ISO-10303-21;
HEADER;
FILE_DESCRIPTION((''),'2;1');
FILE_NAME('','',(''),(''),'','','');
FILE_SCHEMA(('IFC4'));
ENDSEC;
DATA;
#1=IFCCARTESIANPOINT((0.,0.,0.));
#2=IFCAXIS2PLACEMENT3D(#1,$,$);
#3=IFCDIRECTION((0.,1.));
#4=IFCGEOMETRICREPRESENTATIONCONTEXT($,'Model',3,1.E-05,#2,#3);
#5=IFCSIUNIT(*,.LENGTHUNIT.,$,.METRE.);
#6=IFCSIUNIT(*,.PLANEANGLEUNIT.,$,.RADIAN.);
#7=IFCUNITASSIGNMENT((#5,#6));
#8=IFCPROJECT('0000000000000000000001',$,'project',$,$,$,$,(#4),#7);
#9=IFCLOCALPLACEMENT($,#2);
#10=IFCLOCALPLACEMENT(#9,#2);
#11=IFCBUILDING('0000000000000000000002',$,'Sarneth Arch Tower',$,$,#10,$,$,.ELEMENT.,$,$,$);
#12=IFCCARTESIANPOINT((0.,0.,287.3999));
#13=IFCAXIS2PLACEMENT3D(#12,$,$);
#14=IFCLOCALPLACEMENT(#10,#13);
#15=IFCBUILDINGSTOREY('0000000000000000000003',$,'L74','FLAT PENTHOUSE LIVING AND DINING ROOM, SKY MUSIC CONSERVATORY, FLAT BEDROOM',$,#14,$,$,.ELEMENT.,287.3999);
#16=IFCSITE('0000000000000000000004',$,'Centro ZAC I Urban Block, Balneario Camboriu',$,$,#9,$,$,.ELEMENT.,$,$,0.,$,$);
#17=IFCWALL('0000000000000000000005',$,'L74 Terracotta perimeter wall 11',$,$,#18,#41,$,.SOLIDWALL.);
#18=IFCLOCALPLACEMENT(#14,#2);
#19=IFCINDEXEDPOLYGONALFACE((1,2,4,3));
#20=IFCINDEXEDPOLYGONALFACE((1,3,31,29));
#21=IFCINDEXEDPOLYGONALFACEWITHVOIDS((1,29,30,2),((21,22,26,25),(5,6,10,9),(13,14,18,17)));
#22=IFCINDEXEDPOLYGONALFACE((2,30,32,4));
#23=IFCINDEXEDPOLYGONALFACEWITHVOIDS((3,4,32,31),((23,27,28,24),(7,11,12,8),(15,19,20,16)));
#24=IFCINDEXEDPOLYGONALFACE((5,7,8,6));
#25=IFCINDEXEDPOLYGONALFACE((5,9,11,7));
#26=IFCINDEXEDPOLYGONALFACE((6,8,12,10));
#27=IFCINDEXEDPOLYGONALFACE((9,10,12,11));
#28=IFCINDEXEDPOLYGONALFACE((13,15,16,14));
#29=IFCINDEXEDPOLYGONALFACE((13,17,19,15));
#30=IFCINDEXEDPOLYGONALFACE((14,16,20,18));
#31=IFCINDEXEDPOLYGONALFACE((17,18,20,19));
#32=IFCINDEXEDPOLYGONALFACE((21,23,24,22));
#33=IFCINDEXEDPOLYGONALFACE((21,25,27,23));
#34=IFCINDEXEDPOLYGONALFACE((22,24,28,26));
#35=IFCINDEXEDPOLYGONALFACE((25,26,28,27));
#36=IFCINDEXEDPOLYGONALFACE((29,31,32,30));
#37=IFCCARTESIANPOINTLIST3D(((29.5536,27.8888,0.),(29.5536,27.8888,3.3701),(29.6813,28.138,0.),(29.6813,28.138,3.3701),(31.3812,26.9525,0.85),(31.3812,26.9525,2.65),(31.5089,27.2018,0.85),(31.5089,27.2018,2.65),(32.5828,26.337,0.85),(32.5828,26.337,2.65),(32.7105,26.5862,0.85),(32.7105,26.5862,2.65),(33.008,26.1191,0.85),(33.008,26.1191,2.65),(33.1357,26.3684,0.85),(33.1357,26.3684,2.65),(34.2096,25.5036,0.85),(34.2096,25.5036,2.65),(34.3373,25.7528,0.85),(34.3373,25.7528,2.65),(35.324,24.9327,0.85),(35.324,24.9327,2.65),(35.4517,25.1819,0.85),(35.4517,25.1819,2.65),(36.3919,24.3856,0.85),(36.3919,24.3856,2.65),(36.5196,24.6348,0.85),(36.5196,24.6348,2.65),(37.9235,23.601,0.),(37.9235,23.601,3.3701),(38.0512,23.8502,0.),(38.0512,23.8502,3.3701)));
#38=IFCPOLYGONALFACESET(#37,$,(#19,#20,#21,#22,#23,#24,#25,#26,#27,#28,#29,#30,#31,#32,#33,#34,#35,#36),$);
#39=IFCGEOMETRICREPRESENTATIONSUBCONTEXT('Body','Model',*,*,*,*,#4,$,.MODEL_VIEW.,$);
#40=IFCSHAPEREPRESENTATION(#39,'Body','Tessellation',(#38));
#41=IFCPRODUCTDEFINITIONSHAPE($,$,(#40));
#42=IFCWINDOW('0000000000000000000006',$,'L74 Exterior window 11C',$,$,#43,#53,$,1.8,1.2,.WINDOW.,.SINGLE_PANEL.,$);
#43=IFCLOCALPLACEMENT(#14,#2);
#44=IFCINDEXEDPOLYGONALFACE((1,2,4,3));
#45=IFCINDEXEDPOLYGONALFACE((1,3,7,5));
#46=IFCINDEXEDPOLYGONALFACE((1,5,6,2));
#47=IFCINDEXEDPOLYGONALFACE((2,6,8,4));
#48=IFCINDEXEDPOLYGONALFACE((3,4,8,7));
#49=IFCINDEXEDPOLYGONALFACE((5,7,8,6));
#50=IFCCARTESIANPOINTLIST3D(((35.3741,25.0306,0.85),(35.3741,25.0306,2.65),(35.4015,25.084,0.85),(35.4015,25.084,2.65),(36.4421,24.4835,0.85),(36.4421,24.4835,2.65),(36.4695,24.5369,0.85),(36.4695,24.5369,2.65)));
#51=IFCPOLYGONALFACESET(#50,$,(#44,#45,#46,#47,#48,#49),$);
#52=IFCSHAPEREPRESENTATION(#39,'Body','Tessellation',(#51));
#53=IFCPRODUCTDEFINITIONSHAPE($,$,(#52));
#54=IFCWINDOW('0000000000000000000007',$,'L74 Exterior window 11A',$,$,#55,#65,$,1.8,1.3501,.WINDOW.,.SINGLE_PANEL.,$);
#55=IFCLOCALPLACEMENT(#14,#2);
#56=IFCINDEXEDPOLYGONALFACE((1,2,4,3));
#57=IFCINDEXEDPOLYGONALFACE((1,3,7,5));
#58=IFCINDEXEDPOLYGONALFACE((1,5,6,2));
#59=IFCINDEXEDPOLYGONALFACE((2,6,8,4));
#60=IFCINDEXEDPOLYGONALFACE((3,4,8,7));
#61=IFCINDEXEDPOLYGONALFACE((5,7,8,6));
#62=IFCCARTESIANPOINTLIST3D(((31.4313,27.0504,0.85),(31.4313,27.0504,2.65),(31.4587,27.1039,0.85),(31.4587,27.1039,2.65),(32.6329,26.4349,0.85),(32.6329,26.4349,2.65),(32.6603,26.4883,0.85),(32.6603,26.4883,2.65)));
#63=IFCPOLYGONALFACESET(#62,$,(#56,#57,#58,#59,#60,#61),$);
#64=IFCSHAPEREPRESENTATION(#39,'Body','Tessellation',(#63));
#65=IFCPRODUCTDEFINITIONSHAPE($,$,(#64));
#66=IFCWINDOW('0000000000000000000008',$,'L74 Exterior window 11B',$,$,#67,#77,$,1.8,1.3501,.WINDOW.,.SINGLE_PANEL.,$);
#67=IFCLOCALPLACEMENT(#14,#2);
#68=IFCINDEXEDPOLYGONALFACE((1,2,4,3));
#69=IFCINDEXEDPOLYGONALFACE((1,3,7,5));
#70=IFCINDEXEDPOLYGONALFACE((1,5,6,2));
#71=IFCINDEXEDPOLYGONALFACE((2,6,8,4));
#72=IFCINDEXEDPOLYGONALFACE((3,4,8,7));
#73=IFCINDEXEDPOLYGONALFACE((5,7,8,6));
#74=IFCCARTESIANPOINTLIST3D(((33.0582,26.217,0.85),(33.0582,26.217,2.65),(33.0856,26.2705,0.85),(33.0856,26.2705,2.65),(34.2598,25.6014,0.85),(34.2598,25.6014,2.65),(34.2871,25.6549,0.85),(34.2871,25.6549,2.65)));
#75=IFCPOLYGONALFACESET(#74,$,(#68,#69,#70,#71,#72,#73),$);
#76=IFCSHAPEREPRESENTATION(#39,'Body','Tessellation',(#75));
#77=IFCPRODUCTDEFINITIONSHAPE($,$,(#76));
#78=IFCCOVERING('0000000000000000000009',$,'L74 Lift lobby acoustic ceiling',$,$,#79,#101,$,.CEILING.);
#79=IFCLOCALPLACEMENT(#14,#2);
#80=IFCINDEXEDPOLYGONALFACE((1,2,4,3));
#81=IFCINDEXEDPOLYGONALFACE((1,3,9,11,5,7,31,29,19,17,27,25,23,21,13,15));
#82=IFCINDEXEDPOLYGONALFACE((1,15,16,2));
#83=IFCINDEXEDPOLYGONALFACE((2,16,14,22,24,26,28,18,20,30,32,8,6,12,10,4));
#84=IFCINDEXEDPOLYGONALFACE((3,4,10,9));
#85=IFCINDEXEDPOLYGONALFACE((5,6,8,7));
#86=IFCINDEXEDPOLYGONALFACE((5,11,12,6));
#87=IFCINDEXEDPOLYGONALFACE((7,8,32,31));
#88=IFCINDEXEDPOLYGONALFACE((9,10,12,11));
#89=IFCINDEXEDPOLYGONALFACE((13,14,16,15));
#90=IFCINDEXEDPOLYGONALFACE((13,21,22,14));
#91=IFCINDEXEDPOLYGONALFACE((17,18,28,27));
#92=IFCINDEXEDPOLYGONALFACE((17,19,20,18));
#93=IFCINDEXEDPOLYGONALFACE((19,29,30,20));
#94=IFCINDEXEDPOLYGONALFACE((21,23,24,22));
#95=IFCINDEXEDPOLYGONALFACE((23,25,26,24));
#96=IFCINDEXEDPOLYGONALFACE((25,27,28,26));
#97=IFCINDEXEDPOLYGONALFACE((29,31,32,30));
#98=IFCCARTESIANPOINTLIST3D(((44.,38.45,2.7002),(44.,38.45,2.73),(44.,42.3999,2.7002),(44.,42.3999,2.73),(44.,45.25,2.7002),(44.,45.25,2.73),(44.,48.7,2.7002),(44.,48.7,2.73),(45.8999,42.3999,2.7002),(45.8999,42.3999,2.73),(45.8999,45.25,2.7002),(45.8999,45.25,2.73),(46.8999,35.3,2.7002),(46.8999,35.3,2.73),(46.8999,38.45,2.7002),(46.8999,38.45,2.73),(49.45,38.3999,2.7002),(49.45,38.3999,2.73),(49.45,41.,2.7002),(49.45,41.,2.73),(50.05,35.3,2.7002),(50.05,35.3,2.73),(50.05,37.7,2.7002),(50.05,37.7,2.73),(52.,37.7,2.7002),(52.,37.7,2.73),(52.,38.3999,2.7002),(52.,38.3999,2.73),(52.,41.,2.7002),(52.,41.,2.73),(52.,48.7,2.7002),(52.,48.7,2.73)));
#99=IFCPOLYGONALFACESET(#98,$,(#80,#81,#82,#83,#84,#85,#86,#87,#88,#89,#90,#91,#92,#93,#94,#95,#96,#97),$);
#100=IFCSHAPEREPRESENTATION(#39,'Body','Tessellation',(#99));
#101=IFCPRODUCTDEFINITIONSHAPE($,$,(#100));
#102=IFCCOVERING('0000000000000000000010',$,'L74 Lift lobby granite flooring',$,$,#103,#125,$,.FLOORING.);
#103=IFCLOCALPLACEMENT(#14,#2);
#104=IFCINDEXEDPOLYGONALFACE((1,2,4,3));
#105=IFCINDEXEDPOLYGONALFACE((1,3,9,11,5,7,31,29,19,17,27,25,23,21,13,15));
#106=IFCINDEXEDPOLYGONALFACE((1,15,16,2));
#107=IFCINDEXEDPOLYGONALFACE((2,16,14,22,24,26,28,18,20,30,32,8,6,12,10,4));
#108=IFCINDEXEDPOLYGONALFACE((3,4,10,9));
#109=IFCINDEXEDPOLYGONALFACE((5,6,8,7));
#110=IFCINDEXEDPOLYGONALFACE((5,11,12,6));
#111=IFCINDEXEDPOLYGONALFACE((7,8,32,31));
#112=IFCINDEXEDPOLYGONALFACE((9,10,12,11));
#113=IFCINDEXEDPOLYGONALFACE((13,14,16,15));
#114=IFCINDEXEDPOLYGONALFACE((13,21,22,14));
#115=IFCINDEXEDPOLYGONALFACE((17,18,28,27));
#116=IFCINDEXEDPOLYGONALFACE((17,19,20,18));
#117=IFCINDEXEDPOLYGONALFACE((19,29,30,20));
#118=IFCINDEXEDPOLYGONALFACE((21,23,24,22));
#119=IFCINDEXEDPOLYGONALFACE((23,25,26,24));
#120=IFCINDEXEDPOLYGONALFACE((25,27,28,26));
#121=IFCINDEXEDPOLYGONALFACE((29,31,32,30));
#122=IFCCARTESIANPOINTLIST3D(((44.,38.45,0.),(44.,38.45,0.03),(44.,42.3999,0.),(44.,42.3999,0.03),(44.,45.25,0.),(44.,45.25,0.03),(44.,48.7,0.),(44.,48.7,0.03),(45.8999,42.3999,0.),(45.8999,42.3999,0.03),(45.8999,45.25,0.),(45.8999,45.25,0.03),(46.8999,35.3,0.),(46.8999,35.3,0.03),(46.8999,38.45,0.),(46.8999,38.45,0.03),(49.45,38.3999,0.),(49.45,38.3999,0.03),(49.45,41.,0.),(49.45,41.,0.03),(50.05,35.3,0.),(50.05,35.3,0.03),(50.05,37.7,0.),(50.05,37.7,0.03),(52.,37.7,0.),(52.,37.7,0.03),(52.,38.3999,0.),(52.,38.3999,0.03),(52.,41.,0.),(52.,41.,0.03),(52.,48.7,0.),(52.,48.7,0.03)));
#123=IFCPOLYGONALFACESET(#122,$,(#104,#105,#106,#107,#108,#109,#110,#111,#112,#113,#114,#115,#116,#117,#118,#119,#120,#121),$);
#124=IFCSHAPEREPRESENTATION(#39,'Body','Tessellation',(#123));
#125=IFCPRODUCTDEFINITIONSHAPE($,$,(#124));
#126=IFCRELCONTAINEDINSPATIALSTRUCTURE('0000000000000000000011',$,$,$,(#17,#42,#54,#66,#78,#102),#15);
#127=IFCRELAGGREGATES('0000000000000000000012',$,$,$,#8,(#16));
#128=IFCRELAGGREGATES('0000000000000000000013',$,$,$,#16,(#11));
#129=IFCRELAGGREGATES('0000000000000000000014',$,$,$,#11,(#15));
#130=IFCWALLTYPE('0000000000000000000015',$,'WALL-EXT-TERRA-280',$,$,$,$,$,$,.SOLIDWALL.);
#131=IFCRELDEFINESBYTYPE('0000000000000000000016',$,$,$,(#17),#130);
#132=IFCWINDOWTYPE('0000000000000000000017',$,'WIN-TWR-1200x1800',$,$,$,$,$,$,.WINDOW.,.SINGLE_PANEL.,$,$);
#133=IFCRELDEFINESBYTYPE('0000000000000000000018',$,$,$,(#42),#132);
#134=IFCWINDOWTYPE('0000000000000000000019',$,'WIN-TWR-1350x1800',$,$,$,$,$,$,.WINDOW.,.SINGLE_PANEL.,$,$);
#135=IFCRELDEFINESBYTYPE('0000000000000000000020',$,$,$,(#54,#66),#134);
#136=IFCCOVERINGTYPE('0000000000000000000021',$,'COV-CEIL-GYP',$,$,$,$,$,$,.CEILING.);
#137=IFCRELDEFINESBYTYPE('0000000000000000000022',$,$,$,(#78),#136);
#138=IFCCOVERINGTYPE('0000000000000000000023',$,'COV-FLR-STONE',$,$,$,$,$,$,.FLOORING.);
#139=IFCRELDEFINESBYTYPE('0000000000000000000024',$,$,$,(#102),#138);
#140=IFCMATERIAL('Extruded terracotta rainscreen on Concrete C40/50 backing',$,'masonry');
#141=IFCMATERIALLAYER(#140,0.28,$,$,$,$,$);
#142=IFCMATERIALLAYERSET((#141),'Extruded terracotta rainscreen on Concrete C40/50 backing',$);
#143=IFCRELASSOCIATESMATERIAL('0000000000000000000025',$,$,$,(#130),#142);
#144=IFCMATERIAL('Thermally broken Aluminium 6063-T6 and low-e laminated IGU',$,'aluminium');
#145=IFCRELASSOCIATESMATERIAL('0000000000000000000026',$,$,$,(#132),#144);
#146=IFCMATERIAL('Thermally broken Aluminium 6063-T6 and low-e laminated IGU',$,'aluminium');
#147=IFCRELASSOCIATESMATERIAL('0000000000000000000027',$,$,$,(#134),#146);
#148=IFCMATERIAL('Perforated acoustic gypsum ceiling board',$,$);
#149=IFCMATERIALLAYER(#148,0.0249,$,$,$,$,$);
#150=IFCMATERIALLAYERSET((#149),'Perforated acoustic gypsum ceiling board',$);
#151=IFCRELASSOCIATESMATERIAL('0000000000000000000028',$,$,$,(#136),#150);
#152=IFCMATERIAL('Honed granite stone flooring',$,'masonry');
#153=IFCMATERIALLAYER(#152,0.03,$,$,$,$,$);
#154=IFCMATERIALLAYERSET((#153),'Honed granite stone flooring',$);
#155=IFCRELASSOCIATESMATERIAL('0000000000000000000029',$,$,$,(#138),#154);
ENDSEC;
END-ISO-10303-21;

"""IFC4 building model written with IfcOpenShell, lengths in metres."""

from ifc_helpers import new_model, si_unit, direction, frame, frame_2d, origin, place, context, subcontext, project, spatial, polyline, rectangle, outline, extrude, material, layer, layer_set, type_object, element, fill, save


model = new_model("IFC4")

# Units and contexts
model_context = context("Model", 3, precision=1e-05, world=origin(), true_north=direction((0.0, 1.0)))
body_context = subcontext(model_context, "Body", "Model", "MODEL_VIEW")
ifc_project = project(units=[si_unit("LENGTHUNIT", "METRE"), si_unit("PLANEANGLEUNIT", "RADIAN")], contexts=[model_context])

# Site, building, storey
site_placement = place(None, origin())
site = spatial("IfcSite", under=ifc_project, at=site_placement, Name="Centro ZAC I Urban Block, Balneario Camboriu", CompositionType="ELEMENT", RefElevation=0.0)
building_placement = place(site_placement, origin())
building = spatial("IfcBuilding", under=site, at=building_placement, Name="Sarneth Arch Tower", CompositionType="ELEMENT")
storey_placement = place(building_placement, frame((0.0, 0.0, 287.3999)))
storey = spatial("IfcBuildingStorey", under=building, at=storey_placement, Name="L74", Description="FLAT PENTHOUSE LIVING AND DINING ROOM, SKY MUSIC CONSERVATORY, FLAT BEDROOM", CompositionType="ELEMENT", Elevation=287.3999)

# Wall, openings, windows
ifc_material_1 = material(Name="Extruded terracotta rainscreen on Concrete C40/50 backing", Category="masonry")
ifc_layer_1 = layer(ifc_material_1, 0.28)
ifc_layer_set_1 = layer_set([ifc_layer_1], Name="Extruded terracotta rainscreen on Concrete C40/50 backing")
wall_type = type_object("IfcWallType", Name="WALL-EXT-TERRA-280", PredefinedType="SOLIDWALL", material=ifc_layer_set_1)
wall_placement = place(storey_placement, frame((29.6174, 28.0134, 0.0), z_axis=(0.0, 0.0, 1.0), x_axis=(0.890007, -0.455946, 0.0)))
wall = element("IfcWall", 1, at=wall_placement, inside=storey, type_object=wall_type, Name="L74 Terracotta perimeter wall 11", PredefinedType="SOLIDWALL", context=body_context, shape_type="SweptSolid", body=[
    extrude(rectangle(XDim=9.4043, YDim=0.28, at=frame_2d((4.7021, 0.0))), origin(), (0.0, 0.0, 1.0), 3.3701),
])
opening_1_placement = place(wall_placement, frame((2.0535, 0.0, 0.8501)))
opening_1 = element("IfcOpeningElement", 2, at=opening_1_placement, cuts=wall, PredefinedType="OPENING", context=body_context, shape_type="SweptSolid", body=[
    extrude(rectangle(XDim=1.3501, YDim=1.8, at=frame_2d((0.675, 0.8999))), frame((0.0, 0.1499, 0.0), z_axis=(0.0, -1.0, 0.0), x_axis=(1.0, 0.0, 0.0)), (0.0, 0.0, 1.0), 0.3),
])
opening_2_placement = place(wall_placement, frame((3.8813, 0.0, 0.8501)))
opening_2 = element("IfcOpeningElement", 3, at=opening_2_placement, cuts=wall, PredefinedType="OPENING", context=body_context, shape_type="SweptSolid", body=[
    extrude(rectangle(XDim=1.3501, YDim=1.8, at=frame_2d((0.675, 0.8999))), frame((0.0, 0.1499, 0.0), z_axis=(0.0, -1.0, 0.0), x_axis=(1.0, 0.0, 0.0)), (0.0, 0.0, 1.0), 0.3),
])
opening_3_placement = place(wall_placement, frame((6.4834, 0.0, 0.8501)))
opening_3 = element("IfcOpeningElement", 4, at=opening_3_placement, cuts=wall, PredefinedType="OPENING", context=body_context, shape_type="SweptSolid", body=[
    extrude(rectangle(XDim=1.2, YDim=1.8, at=frame_2d((0.6001, 0.8999))), frame((0.0, 0.1499, 0.0), z_axis=(0.0, -1.0, 0.0), x_axis=(1.0, 0.0, 0.0)), (0.0, 0.0, 1.0), 0.3),
])
ifc_material_2 = material(Name="Thermally broken Aluminium 6063-T6 and low-e laminated IGU", Category="aluminium")
window_type_1 = type_object("IfcWindowType", Name="WIN-TWR-1200x1800", PartitioningType="SINGLE_PANEL", PredefinedType="WINDOW", material=ifc_material_2)
window_1_placement = place(opening_3_placement, origin())
window_1 = element("IfcWindow", 5, at=window_1_placement, inside=storey, type_object=window_type_1, Name="L74 Exterior window 11C", OverallHeight=1.8, OverallWidth=1.2, PartitioningType="SINGLE_PANEL", PredefinedType="WINDOW", context=body_context, shape_type="SweptSolid", body=[
    extrude(rectangle(XDim=1.2, YDim=1.8, at=frame_2d((0.6001, 0.8999))), frame((0.0, 0.03, 0.0), z_axis=(0.0, -1.0, 0.0), x_axis=(1.0, 0.0, 0.0)), (0.0, 0.0, 1.0), 0.0601),
])
fill(opening_3, window_1)
ifc_material_3 = material(Name="Thermally broken Aluminium 6063-T6 and low-e laminated IGU", Category="aluminium")
window_type_2 = type_object("IfcWindowType", Name="WIN-TWR-1350x1800", PartitioningType="SINGLE_PANEL", PredefinedType="WINDOW", material=ifc_material_3)
window_2_placement = place(opening_1_placement, origin())
window_2 = element("IfcWindow", 6, at=window_2_placement, inside=storey, type_object=window_type_2, Name="L74 Exterior window 11A", OverallHeight=1.8, OverallWidth=1.3501, PartitioningType="SINGLE_PANEL", PredefinedType="WINDOW", context=body_context, shape_type="SweptSolid", body=[
    extrude(rectangle(XDim=1.3501, YDim=1.8, at=frame_2d((0.675, 0.8999))), frame((0.0, 0.03, 0.0), z_axis=(0.0, -1.0, 0.0), x_axis=(1.0, 0.0, 0.0)), (0.0, 0.0, 1.0), 0.0601),
])
fill(opening_1, window_2)
window_3_placement = place(opening_2_placement, origin())
window_3 = element("IfcWindow", 7, at=window_3_placement, inside=storey, type_object=window_type_2, Name="L74 Exterior window 11B", OverallHeight=1.8, OverallWidth=1.3501, PartitioningType="SINGLE_PANEL", PredefinedType="WINDOW", context=body_context, shape_type="SweptSolid", body=[
    extrude(rectangle(XDim=1.3501, YDim=1.8, at=frame_2d((0.675, 0.8999))), frame((0.0, 0.03, 0.0), z_axis=(0.0, -1.0, 0.0), x_axis=(1.0, 0.0, 0.0)), (0.0, 0.0, 1.0), 0.0601),
])
fill(opening_2, window_3)

# Coverings
ifc_material_4 = material(Name="Perforated acoustic gypsum ceiling board")
ifc_layer_2 = layer(ifc_material_4, 0.0249)
ifc_layer_set_2 = layer_set([ifc_layer_2], Name="Perforated acoustic gypsum ceiling board")
covering_type_1 = type_object("IfcCoveringType", Name="COV-CEIL-GYP", PredefinedType="CEILING", material=ifc_layer_set_2)
covering_1_placement = place(storey_placement, frame((0.0, 0.0, 2.7002)))
element("IfcCovering", 8, at=covering_1_placement, inside=storey, type_object=covering_type_1, Name="L74 Lift lobby acoustic ceiling", PredefinedType="CEILING", context=body_context, shape_type="SweptSolid", body=[
    extrude(outline(polyline([(52.0, 41.0), (49.45, 41.0), (49.45, 38.3999), (52.0, 38.3999), (52.0, 37.7), (50.05, 37.7), (50.05, 35.3), (46.8999, 35.3), (46.8999, 38.45), (44.0, 38.45), (44.0, 42.3999), (45.8999, 42.3999), (45.8999, 45.25), (44.0, 45.25), (44.0, 48.7), (52.0, 48.7), (52.0, 41.0)])), origin(), (0.0, 0.0, 1.0), 0.0298),
])
ifc_material_5 = material(Name="Honed granite stone flooring", Category="masonry")
ifc_layer_3 = layer(ifc_material_5, 0.03)
ifc_layer_set_3 = layer_set([ifc_layer_3], Name="Honed granite stone flooring")
covering_type_2 = type_object("IfcCoveringType", Name="COV-FLR-STONE", PredefinedType="FLOORING", material=ifc_layer_set_3)
covering_2_placement = place(storey_placement, origin())
element("IfcCovering", 9, at=covering_2_placement, inside=storey, type_object=covering_type_2, Name="L74 Lift lobby granite flooring", PredefinedType="FLOORING", context=body_context, shape_type="SweptSolid", body=[
    extrude(outline(polyline([(52.0, 41.0), (49.45, 41.0), (49.45, 38.3999), (52.0, 38.3999), (52.0, 37.7), (50.05, 37.7), (50.05, 35.3), (46.8999, 35.3), (46.8999, 38.45), (44.0, 38.45), (44.0, 42.3999), (45.8999, 42.3999), (45.8999, 45.25), (44.0, 45.25), (44.0, 48.7), (52.0, 48.7), (52.0, 41.0)])), origin(), (0.0, 0.0, 1.0), 0.03),
])

save(model, "model.ifc")
